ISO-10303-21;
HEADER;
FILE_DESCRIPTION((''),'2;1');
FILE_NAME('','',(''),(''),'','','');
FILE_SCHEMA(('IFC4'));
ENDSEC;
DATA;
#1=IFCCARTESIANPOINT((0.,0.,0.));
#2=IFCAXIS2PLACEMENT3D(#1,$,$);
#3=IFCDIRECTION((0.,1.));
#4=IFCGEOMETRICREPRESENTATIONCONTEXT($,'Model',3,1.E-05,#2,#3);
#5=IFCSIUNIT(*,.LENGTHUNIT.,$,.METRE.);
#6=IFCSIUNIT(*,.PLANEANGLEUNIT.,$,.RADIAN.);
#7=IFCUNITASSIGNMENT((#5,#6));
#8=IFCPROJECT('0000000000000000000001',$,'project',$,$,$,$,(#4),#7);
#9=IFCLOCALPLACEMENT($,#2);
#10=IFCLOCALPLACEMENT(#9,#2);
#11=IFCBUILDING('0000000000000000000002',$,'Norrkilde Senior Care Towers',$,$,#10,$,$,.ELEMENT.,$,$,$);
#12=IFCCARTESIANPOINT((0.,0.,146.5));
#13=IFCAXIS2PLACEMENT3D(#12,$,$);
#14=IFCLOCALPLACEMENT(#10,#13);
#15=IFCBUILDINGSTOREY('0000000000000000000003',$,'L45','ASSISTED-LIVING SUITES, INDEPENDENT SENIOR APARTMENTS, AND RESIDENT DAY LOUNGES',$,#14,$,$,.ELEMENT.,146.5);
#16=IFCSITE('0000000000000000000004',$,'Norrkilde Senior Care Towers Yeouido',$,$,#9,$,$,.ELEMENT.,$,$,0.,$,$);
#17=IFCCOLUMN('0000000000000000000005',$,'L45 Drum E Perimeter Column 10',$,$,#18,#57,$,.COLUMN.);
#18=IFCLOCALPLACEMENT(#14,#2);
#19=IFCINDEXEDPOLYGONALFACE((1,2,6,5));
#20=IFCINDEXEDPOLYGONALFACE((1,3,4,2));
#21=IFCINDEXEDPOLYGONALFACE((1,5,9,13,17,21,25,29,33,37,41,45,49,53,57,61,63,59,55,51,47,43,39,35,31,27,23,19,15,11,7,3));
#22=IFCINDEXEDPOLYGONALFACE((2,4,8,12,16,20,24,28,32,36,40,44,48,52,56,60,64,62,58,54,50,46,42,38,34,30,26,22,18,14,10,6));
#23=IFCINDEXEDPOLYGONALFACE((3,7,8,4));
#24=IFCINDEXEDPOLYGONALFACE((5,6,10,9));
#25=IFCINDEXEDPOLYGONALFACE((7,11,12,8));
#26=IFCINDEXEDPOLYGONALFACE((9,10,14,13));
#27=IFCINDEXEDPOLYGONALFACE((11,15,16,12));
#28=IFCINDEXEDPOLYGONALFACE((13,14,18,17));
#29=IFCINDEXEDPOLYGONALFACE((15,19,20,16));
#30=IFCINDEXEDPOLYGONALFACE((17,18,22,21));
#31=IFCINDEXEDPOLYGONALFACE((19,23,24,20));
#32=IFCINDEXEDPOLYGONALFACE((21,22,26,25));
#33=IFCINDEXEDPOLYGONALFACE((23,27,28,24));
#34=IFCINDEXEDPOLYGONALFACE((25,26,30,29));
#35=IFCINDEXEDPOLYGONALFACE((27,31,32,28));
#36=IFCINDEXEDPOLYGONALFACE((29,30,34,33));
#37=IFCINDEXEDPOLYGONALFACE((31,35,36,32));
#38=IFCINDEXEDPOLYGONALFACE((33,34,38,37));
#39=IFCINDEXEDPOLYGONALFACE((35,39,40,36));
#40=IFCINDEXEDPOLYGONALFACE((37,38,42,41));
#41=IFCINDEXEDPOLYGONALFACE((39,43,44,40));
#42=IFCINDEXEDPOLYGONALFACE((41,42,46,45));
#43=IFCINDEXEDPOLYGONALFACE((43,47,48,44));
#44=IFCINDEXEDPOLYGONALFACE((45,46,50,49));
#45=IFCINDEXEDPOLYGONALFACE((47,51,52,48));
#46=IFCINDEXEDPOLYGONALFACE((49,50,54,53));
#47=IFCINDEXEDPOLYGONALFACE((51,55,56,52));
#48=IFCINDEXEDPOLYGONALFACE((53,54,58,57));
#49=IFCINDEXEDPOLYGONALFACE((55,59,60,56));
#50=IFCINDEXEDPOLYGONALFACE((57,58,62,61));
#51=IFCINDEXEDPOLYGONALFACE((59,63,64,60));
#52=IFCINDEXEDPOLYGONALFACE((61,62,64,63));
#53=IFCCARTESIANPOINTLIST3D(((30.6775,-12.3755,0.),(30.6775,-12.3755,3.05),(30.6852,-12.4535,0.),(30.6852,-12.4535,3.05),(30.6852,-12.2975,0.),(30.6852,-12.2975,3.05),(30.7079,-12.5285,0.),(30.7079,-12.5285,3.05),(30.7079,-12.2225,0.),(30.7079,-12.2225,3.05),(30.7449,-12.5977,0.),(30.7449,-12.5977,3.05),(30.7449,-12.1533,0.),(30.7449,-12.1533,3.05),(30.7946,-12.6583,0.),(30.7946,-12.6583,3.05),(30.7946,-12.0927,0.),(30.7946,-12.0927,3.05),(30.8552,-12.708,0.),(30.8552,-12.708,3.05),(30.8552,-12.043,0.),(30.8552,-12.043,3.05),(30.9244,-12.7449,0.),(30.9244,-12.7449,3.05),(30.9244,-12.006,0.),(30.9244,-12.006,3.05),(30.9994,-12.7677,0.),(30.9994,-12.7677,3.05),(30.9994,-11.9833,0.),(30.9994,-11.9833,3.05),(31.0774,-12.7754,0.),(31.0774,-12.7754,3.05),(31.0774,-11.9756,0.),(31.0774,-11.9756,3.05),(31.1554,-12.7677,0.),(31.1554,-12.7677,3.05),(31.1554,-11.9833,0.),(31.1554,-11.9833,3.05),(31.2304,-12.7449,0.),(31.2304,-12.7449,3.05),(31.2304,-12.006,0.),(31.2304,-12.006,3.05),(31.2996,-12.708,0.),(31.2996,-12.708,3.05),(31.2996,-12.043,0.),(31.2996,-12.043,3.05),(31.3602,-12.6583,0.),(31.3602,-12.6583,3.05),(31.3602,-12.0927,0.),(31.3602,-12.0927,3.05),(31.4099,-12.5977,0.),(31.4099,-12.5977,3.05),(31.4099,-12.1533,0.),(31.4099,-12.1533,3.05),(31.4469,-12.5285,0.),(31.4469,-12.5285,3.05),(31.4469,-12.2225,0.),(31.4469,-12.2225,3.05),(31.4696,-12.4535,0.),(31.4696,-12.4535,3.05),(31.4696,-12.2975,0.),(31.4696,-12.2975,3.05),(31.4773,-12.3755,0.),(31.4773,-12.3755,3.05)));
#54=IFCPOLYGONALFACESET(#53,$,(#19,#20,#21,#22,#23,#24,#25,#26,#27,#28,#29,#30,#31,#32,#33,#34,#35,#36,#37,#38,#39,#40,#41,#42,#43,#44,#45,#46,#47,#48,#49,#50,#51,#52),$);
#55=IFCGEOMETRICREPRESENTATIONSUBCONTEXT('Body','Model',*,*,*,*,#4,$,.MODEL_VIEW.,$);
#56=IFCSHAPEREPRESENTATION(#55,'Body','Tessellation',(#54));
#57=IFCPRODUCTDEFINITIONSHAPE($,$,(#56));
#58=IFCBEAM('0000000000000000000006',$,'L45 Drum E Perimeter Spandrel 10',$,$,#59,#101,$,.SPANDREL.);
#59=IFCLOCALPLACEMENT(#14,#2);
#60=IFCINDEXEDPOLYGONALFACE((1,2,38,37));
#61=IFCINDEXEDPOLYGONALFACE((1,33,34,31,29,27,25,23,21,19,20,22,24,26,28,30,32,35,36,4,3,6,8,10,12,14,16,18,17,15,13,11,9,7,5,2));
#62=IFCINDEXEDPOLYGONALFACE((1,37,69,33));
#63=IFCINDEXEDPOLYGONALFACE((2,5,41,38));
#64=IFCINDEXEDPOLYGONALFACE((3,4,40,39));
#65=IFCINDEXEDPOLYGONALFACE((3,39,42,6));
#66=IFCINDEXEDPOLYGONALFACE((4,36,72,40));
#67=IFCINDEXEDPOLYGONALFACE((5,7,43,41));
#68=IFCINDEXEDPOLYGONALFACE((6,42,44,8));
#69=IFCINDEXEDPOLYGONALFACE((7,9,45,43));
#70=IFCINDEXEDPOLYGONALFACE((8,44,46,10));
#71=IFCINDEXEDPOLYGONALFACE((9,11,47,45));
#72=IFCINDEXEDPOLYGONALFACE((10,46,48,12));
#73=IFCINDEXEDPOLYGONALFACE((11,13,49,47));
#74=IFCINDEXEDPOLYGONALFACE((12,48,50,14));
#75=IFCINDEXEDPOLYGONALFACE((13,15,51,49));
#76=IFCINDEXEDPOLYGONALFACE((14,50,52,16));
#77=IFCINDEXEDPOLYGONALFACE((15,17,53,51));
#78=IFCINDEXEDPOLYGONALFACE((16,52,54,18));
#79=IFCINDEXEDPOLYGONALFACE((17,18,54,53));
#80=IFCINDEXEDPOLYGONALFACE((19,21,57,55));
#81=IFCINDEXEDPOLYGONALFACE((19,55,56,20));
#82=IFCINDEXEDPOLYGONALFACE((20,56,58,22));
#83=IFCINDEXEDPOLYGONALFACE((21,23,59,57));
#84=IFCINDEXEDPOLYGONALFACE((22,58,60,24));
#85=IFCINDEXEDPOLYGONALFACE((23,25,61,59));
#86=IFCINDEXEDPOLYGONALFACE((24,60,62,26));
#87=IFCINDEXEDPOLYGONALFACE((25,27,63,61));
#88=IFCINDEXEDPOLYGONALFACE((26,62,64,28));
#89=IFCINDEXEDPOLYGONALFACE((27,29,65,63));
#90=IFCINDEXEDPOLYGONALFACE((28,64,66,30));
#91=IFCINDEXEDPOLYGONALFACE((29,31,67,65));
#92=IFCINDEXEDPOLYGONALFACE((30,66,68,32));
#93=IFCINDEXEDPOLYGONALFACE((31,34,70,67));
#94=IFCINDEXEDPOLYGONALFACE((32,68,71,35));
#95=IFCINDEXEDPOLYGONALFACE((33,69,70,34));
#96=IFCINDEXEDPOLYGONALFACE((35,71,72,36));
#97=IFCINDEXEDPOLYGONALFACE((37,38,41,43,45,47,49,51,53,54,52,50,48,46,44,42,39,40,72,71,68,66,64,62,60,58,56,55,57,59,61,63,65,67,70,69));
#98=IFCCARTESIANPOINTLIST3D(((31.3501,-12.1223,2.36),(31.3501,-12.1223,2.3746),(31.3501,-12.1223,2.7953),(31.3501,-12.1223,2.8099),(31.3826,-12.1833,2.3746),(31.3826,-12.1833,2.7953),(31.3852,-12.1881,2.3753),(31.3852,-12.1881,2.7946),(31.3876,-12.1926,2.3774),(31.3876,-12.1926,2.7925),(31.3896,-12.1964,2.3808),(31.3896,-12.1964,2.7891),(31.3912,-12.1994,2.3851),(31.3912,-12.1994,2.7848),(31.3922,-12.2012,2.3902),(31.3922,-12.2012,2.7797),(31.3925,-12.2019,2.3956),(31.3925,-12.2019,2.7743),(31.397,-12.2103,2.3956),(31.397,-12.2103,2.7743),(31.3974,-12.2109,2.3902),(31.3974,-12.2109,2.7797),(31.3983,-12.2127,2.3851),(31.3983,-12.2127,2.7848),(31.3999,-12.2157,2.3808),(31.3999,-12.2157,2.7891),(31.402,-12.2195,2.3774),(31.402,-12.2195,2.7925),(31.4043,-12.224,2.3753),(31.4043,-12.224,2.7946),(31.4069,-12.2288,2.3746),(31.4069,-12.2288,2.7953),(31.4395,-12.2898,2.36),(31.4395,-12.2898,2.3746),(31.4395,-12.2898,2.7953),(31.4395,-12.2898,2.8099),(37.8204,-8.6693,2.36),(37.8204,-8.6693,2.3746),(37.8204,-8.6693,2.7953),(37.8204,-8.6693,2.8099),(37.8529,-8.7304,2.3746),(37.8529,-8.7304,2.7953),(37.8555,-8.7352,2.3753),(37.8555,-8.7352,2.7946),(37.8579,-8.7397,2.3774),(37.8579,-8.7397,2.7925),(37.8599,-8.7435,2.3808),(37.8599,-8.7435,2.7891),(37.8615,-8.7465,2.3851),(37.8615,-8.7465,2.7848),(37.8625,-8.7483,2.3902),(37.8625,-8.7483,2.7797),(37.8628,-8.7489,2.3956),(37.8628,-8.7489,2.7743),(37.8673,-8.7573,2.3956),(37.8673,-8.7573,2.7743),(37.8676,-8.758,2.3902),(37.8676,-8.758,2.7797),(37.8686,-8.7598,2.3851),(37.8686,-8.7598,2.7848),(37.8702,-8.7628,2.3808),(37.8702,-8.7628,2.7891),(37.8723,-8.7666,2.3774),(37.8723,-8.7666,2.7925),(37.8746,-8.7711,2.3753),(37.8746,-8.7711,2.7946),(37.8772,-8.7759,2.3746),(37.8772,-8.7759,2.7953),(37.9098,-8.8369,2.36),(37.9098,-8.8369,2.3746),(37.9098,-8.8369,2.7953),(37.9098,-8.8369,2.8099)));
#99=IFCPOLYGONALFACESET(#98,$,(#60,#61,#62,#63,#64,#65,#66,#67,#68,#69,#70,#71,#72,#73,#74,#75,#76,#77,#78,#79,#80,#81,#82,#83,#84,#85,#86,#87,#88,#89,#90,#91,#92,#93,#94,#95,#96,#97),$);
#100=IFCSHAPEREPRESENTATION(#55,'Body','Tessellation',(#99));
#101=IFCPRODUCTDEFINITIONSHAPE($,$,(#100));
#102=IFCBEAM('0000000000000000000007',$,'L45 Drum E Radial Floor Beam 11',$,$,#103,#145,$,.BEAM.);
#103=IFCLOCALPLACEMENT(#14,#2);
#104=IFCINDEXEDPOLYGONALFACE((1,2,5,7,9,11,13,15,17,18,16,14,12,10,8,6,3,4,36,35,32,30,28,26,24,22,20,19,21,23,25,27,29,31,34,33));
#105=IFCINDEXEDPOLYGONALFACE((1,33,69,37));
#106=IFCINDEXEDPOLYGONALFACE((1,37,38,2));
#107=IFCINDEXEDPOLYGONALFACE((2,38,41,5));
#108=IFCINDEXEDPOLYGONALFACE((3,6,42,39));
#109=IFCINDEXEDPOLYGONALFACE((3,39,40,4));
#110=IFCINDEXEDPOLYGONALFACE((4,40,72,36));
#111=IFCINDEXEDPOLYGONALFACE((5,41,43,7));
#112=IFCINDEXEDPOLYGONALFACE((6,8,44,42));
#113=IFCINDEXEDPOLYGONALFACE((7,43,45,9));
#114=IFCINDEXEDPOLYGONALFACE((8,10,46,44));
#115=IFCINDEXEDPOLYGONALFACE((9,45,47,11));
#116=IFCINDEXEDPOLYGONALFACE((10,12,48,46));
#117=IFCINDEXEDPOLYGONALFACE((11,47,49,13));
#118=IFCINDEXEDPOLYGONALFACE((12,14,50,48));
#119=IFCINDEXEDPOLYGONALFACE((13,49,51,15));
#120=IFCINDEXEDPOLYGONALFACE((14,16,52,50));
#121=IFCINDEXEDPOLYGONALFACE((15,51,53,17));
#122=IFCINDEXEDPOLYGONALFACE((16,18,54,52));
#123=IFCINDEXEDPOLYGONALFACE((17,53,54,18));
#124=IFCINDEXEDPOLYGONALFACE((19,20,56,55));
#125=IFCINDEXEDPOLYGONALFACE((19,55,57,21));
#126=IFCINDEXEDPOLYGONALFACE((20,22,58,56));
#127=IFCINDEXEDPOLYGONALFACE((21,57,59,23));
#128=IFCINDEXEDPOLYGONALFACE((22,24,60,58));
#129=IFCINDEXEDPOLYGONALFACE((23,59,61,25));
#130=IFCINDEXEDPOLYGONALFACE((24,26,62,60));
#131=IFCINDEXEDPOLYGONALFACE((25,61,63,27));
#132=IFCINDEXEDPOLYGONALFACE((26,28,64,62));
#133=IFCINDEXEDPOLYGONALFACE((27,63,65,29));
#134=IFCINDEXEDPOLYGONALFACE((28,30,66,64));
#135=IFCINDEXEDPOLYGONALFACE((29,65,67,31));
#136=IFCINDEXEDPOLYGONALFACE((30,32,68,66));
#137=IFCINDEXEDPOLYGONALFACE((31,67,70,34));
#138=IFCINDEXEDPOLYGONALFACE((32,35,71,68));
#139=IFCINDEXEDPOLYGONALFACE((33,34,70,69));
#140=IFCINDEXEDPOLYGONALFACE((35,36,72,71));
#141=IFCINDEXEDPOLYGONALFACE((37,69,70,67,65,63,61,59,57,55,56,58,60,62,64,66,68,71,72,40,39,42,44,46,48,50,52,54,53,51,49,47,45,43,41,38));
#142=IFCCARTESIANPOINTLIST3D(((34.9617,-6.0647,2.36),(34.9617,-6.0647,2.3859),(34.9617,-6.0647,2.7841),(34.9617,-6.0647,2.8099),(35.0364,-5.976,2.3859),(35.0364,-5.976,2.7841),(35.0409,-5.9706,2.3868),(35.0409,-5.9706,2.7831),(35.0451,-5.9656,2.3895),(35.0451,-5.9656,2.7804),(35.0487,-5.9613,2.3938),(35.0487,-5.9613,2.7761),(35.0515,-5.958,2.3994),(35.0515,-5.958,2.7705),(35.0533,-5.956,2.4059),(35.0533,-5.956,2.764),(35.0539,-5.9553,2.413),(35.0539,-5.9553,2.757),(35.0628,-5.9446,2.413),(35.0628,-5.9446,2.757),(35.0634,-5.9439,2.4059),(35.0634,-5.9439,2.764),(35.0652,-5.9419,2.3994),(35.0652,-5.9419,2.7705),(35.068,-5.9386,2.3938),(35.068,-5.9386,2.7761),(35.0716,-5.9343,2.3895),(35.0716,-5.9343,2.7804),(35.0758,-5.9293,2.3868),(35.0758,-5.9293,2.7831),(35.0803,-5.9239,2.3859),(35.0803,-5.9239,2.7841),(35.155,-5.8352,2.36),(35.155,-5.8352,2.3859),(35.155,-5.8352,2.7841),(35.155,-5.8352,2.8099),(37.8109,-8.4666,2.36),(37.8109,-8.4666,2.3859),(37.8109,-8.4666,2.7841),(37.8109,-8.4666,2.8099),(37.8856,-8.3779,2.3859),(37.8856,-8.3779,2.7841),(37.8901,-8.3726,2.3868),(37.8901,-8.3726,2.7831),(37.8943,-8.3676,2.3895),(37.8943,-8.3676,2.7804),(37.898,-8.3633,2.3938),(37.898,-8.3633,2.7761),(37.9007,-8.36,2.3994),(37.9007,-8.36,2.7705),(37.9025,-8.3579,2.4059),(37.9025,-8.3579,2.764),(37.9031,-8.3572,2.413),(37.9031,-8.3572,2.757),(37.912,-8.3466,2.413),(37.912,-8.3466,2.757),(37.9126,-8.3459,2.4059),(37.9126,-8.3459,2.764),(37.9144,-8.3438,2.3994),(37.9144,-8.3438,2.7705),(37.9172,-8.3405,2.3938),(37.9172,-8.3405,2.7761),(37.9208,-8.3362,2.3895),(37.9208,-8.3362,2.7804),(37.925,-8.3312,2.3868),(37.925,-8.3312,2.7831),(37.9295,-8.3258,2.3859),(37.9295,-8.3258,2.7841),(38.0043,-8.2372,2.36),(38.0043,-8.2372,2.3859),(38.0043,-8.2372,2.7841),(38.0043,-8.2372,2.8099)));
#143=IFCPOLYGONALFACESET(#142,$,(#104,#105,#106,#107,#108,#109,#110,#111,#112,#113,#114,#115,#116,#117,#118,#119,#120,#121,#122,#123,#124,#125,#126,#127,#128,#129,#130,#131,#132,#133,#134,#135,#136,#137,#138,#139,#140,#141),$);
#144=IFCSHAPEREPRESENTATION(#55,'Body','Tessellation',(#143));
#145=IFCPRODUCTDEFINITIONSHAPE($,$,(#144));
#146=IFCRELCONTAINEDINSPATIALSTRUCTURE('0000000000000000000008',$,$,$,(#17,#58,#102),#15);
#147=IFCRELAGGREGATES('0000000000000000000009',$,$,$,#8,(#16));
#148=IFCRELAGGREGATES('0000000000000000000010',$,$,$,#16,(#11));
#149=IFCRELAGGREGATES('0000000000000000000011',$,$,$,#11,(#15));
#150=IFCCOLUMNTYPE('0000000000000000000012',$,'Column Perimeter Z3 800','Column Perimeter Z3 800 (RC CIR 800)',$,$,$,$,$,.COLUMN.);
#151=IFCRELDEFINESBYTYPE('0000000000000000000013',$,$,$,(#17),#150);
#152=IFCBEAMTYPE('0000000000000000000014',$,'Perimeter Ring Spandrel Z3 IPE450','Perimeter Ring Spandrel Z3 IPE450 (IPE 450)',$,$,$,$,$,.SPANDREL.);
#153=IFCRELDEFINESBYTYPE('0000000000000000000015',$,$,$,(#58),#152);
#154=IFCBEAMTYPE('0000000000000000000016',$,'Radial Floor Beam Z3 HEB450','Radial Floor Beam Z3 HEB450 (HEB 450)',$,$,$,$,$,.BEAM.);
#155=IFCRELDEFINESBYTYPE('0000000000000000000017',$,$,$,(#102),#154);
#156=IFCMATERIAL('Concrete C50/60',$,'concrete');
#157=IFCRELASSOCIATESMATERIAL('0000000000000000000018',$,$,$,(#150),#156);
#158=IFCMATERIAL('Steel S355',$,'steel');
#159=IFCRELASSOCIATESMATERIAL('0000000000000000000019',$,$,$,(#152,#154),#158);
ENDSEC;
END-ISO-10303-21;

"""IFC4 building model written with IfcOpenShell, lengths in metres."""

from ifc_helpers import new_model, si_unit, direction, frame, origin, origin_2d, place, context, subcontext, project, spatial, circle, i_section, extrude, source, transform, mapped, material, material_profile, profile_set, type_object, type_shapes, element, save


model = new_model("IFC4")

# Units and contexts
model_context = context("Model", 3, precision=1e-05, world=origin(), true_north=direction((0.0, 1.0)))
body_context = subcontext(model_context, "Body", "Model", "MODEL_VIEW")
ifc_project = project(units=[si_unit("LENGTHUNIT", "METRE"), si_unit("PLANEANGLEUNIT", "RADIAN")], contexts=[model_context])

# Site, building, storey
site_placement = place(None, origin())
site = spatial("IfcSite", under=ifc_project, at=site_placement, Name="Norrkilde Senior Care Towers Yeouido", CompositionType="ELEMENT", RefElevation=0.0)
building_placement = place(site_placement, origin())
building = spatial("IfcBuilding", under=site, at=building_placement, Name="Norrkilde Senior Care Towers", CompositionType="ELEMENT")
storey_placement = place(building_placement, frame((0.0, 0.0, 146.5)))
storey = spatial("IfcBuildingStorey", under=building, at=storey_placement, Name="L45", Description="ASSISTED-LIVING SUITES, INDEPENDENT SENIOR APARTMENTS, AND RESIDENT DAY LOUNGES", CompositionType="ELEMENT", Elevation=146.5)

# Column
ifc_material_1 = material(Name="Concrete C50/60", Category="concrete")
ifc_material_profile_1 = material_profile(ifc_material_1, circle(Radius=0.3999, at=origin_2d()), Name="RC CIR 800")
ifc_profile_set_1 = profile_set([ifc_material_profile_1], Name="Concrete C50/60")
column_type = type_object("IfcColumnType", Name="Column Perimeter Z3 800", Description="Column Perimeter Z3 800 (RC CIR 800)", PredefinedType="COLUMN", material=ifc_profile_set_1)
shared_shape_1 = source(origin(), body_context, "Body", "SweptSolid", [
    extrude(circle(Radius=0.3999, at=origin_2d()), origin(), (0.0, 0.0, 1.0), 3.05),
])
type_shapes(column_type, [shared_shape_1])
column_placement = place(storey_placement, frame((31.0774, -12.3755, 0.0), z_axis=(0.0, 0.0, 1.0), x_axis=(1.0, 0.0, 0.0)))
element("IfcColumn", 1, at=column_placement, inside=storey, type_object=column_type, Name="L45 Drum E Perimeter Column 10", PredefinedType="COLUMN", context=body_context, shape_type="MappedRepresentation", body=[
    mapped(shared_shape_1, transform((0.0, 0.0, 0.0), x_axis=(1.0, 0.0, 0.0), y_axis=(0.0, 1.0, 0.0), z_axis=(0.0, 0.0, 1.0), scale=1.0)),
])

# Beams
ifc_material_2 = material(Name="Steel S355", Category="steel")
ifc_material_profile_2 = material_profile(ifc_material_2, i_section(OverallWidth=0.1899, OverallDepth=0.45, WebThickness=0.0095, FlangeThickness=0.0146, FilletRadius=0.021, at=origin_2d()), Name="IPE 450")
ifc_profile_set_2 = profile_set([ifc_material_profile_2], Name="Steel S355")
beam_type_1 = type_object("IfcBeamType", Name="Perimeter Ring Spandrel Z3 IPE450", Description="Perimeter Ring Spandrel Z3 IPE450 (IPE 450)", PredefinedType="SPANDREL", material=ifc_profile_set_2)
shared_shape_2 = source(origin(), body_context, "Body", "SweptSolid", [
    extrude(i_section(OverallWidth=0.1899, OverallDepth=0.45, WebThickness=0.0095, FlangeThickness=0.0146, FilletRadius=0.021, at=origin_2d()), origin(), (0.0, 0.0, 1.0), 7.334),
])
type_shapes(beam_type_1, [shared_shape_2])
beam_1_placement = place(storey_placement, frame((31.3948, -12.2061, 2.585), z_axis=(0.882234, 0.470811, 0.0), x_axis=(-0.470811, 0.882234, 0.0)))
element("IfcBeam", 2, at=beam_1_placement, inside=storey, type_object=beam_type_1, Name="L45 Drum E Perimeter Spandrel 10", PredefinedType="SPANDREL", context=body_context, shape_type="MappedRepresentation", body=[
    mapped(shared_shape_2, transform((0.0, 0.0, 0.0), x_axis=(1.0, 0.0, 0.0), y_axis=(0.0, 1.0, 0.0), z_axis=(0.0, 0.0, 1.0), scale=1.0)),
])
ifc_material_profile_3 = material_profile(ifc_material_2, i_section(OverallWidth=0.3, OverallDepth=0.45, WebThickness=0.0139, FlangeThickness=0.0259, FilletRadius=0.0271, at=origin_2d()), Name="HEB 450")
ifc_profile_set_3 = profile_set([ifc_material_profile_3], Name="Steel S355")
beam_type_2 = type_object("IfcBeamType", Name="Radial Floor Beam Z3 HEB450", Description="Radial Floor Beam Z3 HEB450 (HEB 450)", PredefinedType="BEAM", material=ifc_profile_set_3)
shared_shape_3 = source(origin(), body_context, "Body", "SweptSolid", [
    extrude(i_section(OverallWidth=0.3, OverallDepth=0.45, WebThickness=0.0139, FlangeThickness=0.0259, FilletRadius=0.0271, at=origin_2d()), origin(), (0.0, 0.0, 1.0), 3.7266),
])
beam_2_placement = place(storey_placement, frame((35.0583, -5.95, 2.585), z_axis=(0.764568, -0.644543, 0.0), x_axis=(0.644543, 0.764568, 0.0)))
element("IfcBeam", 3, at=beam_2_placement, inside=storey, type_object=beam_type_2, Name="L45 Drum E Radial Floor Beam 11", PredefinedType="BEAM", context=body_context, shape_type="MappedRepresentation", body=[
    mapped(shared_shape_3, transform((0.0, 0.0, 0.0), x_axis=(1.0, 0.0, 0.0), y_axis=(0.0, 1.0, 0.0), z_axis=(0.0, 0.0, 1.0), scale=1.0)),
])

save(model, "model.ifc")
